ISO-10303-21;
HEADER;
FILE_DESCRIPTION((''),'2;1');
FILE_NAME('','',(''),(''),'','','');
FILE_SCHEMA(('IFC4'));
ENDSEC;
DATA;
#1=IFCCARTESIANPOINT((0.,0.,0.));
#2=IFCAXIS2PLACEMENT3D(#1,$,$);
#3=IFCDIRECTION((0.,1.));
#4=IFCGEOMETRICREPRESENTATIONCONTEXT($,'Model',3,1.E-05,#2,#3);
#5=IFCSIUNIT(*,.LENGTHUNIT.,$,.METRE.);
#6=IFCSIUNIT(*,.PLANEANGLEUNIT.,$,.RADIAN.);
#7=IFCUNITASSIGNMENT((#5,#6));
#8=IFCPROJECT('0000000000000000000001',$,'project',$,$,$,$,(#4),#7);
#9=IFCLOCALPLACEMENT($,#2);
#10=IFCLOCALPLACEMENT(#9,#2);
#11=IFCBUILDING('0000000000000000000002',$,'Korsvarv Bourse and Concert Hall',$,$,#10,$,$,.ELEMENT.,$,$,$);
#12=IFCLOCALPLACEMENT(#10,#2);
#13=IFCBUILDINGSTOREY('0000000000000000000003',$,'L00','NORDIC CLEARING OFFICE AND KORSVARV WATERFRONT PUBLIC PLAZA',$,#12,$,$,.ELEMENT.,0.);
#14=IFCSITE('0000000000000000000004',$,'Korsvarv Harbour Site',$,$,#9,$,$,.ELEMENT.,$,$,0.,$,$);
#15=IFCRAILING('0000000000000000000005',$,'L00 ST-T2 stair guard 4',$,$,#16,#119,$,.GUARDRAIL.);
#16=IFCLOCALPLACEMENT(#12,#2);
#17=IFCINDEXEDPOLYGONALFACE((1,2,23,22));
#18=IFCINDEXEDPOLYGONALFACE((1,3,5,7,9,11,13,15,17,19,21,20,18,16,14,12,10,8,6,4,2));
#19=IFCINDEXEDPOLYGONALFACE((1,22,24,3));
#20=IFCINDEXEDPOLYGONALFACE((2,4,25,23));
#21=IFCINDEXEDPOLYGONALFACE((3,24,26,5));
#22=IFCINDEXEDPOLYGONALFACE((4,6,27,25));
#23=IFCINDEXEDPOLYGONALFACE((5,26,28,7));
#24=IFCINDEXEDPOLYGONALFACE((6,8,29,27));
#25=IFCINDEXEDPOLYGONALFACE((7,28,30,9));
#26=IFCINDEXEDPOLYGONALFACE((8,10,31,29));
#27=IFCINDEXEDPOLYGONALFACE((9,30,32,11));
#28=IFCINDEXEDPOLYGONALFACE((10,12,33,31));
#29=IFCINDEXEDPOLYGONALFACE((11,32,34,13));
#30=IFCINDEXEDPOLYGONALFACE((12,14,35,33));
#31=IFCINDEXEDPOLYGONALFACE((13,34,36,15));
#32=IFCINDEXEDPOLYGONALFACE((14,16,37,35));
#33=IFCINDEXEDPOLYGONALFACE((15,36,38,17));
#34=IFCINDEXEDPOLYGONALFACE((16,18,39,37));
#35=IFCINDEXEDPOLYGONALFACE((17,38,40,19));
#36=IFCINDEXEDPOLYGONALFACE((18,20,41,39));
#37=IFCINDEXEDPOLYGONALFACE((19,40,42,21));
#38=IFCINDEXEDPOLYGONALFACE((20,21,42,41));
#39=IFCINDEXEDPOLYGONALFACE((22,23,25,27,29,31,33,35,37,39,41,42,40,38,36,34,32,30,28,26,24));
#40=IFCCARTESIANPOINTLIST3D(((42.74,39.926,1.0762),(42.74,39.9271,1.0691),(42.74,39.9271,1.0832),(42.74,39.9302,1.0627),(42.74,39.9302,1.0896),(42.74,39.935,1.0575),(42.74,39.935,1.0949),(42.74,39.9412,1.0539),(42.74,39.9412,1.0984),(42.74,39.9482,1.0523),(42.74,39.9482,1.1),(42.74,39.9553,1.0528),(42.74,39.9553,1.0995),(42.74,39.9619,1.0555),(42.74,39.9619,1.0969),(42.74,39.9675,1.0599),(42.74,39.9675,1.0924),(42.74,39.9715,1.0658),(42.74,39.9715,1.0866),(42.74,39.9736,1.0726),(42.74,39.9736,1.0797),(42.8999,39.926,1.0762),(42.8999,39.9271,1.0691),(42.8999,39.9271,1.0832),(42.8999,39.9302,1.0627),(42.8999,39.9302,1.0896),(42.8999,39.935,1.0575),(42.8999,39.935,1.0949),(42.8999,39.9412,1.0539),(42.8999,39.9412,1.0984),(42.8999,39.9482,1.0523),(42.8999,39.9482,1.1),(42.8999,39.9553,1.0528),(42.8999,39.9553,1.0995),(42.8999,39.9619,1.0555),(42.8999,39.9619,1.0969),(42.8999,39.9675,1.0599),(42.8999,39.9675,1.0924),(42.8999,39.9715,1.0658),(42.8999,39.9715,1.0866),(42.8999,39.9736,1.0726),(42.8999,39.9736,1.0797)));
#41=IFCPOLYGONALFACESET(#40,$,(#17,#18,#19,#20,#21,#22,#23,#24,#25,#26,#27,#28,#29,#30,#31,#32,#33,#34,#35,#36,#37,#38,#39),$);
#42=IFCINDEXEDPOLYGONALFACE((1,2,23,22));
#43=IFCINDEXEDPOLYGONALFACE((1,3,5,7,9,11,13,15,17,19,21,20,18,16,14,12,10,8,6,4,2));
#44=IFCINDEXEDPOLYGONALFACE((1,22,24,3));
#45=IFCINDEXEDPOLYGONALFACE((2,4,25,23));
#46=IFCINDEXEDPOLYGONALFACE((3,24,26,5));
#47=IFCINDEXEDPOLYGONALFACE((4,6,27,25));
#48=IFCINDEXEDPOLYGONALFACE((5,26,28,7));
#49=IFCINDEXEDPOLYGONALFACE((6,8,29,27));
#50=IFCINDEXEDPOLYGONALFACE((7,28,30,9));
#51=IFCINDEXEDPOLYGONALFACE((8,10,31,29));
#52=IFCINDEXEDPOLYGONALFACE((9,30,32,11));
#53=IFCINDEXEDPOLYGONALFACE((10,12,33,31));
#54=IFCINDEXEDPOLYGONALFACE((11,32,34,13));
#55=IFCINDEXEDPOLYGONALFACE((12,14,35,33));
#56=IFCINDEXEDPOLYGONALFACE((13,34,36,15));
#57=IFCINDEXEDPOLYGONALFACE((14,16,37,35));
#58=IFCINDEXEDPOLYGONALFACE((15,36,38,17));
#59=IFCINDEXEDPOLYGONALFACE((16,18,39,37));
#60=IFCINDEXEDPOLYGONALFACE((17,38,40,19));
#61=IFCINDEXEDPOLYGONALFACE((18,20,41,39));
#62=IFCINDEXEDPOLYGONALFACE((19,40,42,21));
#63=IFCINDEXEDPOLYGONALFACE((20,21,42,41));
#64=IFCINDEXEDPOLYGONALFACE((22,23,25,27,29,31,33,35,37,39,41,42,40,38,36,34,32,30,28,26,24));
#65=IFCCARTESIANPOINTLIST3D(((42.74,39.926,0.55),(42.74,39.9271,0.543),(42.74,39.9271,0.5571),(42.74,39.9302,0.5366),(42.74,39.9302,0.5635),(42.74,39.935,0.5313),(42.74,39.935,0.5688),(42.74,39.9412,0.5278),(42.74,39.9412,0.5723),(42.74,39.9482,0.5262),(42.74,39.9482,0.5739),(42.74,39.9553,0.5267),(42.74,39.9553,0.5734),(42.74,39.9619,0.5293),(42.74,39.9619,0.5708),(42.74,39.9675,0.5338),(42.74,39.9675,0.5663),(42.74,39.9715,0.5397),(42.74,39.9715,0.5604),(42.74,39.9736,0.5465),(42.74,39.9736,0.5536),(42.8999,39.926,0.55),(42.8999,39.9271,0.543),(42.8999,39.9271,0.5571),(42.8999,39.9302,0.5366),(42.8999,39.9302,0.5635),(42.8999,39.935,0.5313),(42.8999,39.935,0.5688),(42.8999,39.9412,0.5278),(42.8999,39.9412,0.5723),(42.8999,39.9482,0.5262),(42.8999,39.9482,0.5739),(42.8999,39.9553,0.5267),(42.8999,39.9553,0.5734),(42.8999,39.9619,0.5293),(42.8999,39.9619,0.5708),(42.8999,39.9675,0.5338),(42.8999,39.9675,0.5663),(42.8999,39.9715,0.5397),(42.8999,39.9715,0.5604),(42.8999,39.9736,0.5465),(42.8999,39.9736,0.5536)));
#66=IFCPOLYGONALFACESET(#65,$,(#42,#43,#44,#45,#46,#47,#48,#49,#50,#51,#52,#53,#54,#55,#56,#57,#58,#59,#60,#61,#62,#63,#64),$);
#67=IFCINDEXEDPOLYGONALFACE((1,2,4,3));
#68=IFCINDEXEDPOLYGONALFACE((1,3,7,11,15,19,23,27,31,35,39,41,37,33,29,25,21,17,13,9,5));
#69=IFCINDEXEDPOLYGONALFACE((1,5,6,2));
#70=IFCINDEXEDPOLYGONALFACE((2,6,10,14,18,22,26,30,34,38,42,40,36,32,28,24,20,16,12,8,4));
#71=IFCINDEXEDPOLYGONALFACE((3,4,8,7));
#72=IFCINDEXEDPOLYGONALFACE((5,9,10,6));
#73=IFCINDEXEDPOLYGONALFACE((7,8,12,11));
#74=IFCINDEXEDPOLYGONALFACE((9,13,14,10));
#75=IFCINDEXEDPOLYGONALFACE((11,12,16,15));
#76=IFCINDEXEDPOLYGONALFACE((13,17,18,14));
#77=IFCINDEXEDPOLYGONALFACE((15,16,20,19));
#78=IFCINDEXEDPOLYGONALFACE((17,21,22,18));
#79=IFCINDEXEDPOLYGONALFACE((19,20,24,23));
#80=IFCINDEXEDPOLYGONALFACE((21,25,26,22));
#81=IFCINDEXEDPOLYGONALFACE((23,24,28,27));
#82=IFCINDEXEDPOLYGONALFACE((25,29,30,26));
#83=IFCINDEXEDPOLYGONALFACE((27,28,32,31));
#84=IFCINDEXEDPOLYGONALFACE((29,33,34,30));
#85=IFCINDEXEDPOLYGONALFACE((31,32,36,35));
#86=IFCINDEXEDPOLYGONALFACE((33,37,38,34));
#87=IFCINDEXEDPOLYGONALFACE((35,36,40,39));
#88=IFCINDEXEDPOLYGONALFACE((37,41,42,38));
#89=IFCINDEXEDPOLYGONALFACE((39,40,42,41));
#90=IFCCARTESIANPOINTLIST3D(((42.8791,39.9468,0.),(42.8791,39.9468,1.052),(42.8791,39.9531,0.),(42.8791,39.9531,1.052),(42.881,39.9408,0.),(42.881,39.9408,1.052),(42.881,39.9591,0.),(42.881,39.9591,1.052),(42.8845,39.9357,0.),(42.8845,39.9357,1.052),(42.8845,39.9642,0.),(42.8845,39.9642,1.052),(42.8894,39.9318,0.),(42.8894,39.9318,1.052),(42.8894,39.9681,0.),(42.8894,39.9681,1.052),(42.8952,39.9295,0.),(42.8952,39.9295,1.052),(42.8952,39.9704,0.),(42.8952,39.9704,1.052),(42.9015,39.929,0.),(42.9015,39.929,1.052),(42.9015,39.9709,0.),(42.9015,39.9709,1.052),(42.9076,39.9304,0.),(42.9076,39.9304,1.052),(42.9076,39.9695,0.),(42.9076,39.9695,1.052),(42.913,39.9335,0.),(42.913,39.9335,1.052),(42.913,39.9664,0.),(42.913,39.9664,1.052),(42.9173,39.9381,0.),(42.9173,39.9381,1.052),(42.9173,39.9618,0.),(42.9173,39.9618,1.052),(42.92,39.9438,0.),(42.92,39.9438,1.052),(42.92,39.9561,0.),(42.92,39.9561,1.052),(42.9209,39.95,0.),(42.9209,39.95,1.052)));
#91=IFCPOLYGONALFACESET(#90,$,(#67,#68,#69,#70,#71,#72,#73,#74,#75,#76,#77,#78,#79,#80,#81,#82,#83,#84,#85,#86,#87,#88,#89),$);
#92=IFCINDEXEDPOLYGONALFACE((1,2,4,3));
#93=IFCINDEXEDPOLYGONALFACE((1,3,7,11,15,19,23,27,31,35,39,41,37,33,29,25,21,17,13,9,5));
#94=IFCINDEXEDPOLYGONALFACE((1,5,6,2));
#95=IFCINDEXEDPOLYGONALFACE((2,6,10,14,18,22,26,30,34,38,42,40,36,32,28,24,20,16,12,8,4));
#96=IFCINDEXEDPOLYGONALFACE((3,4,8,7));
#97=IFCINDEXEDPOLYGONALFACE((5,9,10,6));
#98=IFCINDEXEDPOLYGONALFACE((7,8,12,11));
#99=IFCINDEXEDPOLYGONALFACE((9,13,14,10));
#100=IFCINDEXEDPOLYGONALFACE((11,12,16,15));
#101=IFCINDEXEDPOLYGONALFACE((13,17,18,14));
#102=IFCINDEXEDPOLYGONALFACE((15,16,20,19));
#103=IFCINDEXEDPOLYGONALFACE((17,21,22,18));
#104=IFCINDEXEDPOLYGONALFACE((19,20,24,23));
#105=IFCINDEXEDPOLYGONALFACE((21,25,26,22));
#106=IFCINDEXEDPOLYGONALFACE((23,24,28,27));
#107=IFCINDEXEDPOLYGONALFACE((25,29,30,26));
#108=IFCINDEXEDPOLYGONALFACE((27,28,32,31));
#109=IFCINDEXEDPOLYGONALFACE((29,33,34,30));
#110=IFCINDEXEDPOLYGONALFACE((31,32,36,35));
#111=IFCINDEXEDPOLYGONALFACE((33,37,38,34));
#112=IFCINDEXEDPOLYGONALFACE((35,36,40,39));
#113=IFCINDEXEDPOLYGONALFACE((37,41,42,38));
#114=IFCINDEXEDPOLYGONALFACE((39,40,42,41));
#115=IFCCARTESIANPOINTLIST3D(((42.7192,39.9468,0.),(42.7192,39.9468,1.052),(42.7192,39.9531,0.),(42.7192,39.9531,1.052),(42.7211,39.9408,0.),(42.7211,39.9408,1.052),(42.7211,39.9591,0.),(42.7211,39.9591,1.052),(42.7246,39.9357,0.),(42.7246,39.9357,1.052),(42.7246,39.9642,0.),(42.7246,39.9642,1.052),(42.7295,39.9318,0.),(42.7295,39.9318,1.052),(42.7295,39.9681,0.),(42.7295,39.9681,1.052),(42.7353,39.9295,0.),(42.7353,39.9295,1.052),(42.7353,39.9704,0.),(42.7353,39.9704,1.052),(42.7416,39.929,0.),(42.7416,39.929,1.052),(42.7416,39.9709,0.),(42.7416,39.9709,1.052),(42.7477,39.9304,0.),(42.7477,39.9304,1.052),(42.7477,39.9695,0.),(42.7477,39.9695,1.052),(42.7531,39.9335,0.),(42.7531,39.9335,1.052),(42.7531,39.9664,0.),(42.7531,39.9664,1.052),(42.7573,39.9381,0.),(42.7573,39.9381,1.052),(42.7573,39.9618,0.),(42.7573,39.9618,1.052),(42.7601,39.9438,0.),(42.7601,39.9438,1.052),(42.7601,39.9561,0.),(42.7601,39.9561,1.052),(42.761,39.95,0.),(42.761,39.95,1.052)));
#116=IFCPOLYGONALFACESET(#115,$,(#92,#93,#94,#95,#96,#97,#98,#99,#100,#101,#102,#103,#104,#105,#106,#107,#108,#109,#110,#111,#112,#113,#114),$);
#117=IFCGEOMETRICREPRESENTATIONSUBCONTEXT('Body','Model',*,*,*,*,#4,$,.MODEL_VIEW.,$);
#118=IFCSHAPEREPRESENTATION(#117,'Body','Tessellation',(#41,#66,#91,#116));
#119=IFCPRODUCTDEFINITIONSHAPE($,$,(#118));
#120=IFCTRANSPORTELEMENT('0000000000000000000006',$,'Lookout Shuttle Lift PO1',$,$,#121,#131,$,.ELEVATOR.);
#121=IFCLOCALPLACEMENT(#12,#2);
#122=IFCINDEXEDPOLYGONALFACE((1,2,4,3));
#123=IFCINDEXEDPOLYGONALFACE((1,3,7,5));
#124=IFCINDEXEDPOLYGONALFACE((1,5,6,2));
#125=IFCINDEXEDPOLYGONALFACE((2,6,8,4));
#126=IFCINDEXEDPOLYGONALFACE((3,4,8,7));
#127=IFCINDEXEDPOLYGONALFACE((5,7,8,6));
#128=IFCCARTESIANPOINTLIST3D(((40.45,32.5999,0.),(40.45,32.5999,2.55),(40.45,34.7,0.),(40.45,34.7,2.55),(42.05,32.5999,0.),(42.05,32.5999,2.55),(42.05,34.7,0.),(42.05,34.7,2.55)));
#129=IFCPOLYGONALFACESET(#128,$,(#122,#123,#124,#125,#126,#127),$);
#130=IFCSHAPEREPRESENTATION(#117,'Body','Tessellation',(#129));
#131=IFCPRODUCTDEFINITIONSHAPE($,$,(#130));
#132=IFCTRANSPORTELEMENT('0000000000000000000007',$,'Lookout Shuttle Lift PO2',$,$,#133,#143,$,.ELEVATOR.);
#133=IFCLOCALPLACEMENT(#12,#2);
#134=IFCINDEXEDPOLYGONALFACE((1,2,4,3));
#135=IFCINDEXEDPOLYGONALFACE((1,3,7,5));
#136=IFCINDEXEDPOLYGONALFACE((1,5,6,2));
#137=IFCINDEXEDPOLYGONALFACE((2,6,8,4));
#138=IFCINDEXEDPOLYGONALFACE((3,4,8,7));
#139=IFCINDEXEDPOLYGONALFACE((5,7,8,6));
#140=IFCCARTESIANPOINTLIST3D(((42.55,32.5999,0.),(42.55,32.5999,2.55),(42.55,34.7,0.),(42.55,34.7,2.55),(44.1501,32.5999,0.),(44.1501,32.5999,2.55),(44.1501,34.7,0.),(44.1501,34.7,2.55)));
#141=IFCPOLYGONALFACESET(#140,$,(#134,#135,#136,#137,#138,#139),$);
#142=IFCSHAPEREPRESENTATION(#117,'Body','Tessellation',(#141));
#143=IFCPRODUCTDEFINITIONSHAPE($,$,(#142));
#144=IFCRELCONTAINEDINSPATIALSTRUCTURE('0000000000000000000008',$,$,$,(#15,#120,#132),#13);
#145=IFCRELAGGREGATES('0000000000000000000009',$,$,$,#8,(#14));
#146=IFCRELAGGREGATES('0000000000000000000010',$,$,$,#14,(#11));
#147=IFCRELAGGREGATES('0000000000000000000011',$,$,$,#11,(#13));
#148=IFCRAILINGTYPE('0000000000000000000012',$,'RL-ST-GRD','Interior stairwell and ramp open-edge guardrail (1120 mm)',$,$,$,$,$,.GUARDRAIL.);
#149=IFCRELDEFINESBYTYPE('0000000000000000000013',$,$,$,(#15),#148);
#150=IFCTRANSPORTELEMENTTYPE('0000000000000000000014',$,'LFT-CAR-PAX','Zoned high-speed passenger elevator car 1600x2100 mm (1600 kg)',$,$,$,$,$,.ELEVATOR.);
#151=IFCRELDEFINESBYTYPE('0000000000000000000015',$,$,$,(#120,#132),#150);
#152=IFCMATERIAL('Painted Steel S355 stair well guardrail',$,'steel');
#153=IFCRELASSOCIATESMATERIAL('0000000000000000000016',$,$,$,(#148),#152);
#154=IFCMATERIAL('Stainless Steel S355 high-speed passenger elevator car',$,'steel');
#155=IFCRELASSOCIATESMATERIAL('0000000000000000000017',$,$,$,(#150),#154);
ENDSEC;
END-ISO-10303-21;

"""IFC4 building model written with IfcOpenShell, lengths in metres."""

from ifc_helpers import new_model, si_unit, direction, frame, origin, origin_2d, place, context, subcontext, project, spatial, rectangle, circle, extrude, source, transform, mapped, material, type_object, element, save


model = new_model("IFC4")

# Units and contexts
model_context = context("Model", 3, precision=1e-05, world=origin(), true_north=direction((0.0, 1.0)))
body_context = subcontext(model_context, "Body", "Model", "MODEL_VIEW")
ifc_project = project(units=[si_unit("LENGTHUNIT", "METRE"), si_unit("PLANEANGLEUNIT", "RADIAN")], contexts=[model_context])

# Site, building, storey
site_placement = place(None, origin())
site = spatial("IfcSite", under=ifc_project, at=site_placement, Name="Korsvarv Harbour Site", CompositionType="ELEMENT", RefElevation=0.0)
building_placement = place(site_placement, origin())
building = spatial("IfcBuilding", under=site, at=building_placement, Name="Korsvarv Bourse and Concert Hall", CompositionType="ELEMENT")
storey_placement = place(building_placement, origin())
storey = spatial("IfcBuildingStorey", under=building, at=storey_placement, Name="L00", Description="NORDIC CLEARING OFFICE AND KORSVARV WATERFRONT PUBLIC PLAZA", CompositionType="ELEMENT", Elevation=0.0)

# Railing
ifc_material_1 = material(Name="Painted Steel S355 stair well guardrail", Category="steel")
railing_type = type_object("IfcRailingType", Name="RL-ST-GRD", Description="Interior stairwell and ramp open-edge guardrail (1120 mm)", PredefinedType="GUARDRAIL", material=ifc_material_1)
railing_placement = place(storey_placement, frame((42.8999, 39.95, 0.0)))
element("IfcRailing", 1, at=railing_placement, inside=storey, type_object=railing_type, Name="L00 ST-T2 stair guard 4", PredefinedType="GUARDRAIL", context=body_context, shape_type="SweptSolid", body=[
    extrude(circle(Radius=0.0239, at=origin_2d()), frame((0.0, 0.0, 1.0762), z_axis=(-1.0, 0.0, 0.0), x_axis=(0.0, -1.0, 0.0)), (0.0, 0.0, 1.0), 0.1599),
    extrude(circle(Radius=0.0239, at=origin_2d()), frame((0.0, 0.0, 0.55), z_axis=(-1.0, 0.0, 0.0), x_axis=(0.0, -1.0, 0.0)), (0.0, 0.0, 1.0), 0.1599),
    extrude(circle(Radius=0.021, at=origin_2d()), origin(), (0.0, 0.0, 1.0), 1.052),
    extrude(circle(Radius=0.021, at=origin_2d()), frame((-0.1599, 0.0, 0.0)), (0.0, 0.0, 1.0), 1.052),
])

# Transport elements
ifc_material_2 = material(Name="Stainless Steel S355 high-speed passenger elevator car", Category="steel")
transport_element_type = type_object("IfcTransportElementType", Name="LFT-CAR-PAX", Description="Zoned high-speed passenger elevator car 1600x2100 mm (1600 kg)", PredefinedType="ELEVATOR", material=ifc_material_2)
shared_shape_1 = source(origin(), body_context, "Body", "SweptSolid", [
    extrude(rectangle(XDim=1.6001, YDim=2.1001, at=origin_2d()), origin(), (0.0, 0.0, 1.0), 2.55),
])
for number, where, z_axis, x_axis, name in (
    (2, (41.25, 33.6499, 0.0), (0.0, 0.0, 1.0), (1.0, 0.0, 0.0), "Lookout Shuttle Lift PO1"),
    (3, (43.3501, 33.6499, 0.0), (0.0, 0.0, 1.0), (1.0, 0.0, 0.0), "Lookout Shuttle Lift PO2"),
):
    element("IfcTransportElement", number, at=place(storey_placement, frame(where, z_axis=z_axis, x_axis=x_axis)), inside=storey, type_object=transport_element_type, Name=name, PredefinedType="ELEVATOR", context=body_context, shape_type="MappedRepresentation", body=[
        mapped(shared_shape_1, transform((0.0, 0.0, 0.0), scale=1.0)),
    ])

save(model, "model.ifc")
